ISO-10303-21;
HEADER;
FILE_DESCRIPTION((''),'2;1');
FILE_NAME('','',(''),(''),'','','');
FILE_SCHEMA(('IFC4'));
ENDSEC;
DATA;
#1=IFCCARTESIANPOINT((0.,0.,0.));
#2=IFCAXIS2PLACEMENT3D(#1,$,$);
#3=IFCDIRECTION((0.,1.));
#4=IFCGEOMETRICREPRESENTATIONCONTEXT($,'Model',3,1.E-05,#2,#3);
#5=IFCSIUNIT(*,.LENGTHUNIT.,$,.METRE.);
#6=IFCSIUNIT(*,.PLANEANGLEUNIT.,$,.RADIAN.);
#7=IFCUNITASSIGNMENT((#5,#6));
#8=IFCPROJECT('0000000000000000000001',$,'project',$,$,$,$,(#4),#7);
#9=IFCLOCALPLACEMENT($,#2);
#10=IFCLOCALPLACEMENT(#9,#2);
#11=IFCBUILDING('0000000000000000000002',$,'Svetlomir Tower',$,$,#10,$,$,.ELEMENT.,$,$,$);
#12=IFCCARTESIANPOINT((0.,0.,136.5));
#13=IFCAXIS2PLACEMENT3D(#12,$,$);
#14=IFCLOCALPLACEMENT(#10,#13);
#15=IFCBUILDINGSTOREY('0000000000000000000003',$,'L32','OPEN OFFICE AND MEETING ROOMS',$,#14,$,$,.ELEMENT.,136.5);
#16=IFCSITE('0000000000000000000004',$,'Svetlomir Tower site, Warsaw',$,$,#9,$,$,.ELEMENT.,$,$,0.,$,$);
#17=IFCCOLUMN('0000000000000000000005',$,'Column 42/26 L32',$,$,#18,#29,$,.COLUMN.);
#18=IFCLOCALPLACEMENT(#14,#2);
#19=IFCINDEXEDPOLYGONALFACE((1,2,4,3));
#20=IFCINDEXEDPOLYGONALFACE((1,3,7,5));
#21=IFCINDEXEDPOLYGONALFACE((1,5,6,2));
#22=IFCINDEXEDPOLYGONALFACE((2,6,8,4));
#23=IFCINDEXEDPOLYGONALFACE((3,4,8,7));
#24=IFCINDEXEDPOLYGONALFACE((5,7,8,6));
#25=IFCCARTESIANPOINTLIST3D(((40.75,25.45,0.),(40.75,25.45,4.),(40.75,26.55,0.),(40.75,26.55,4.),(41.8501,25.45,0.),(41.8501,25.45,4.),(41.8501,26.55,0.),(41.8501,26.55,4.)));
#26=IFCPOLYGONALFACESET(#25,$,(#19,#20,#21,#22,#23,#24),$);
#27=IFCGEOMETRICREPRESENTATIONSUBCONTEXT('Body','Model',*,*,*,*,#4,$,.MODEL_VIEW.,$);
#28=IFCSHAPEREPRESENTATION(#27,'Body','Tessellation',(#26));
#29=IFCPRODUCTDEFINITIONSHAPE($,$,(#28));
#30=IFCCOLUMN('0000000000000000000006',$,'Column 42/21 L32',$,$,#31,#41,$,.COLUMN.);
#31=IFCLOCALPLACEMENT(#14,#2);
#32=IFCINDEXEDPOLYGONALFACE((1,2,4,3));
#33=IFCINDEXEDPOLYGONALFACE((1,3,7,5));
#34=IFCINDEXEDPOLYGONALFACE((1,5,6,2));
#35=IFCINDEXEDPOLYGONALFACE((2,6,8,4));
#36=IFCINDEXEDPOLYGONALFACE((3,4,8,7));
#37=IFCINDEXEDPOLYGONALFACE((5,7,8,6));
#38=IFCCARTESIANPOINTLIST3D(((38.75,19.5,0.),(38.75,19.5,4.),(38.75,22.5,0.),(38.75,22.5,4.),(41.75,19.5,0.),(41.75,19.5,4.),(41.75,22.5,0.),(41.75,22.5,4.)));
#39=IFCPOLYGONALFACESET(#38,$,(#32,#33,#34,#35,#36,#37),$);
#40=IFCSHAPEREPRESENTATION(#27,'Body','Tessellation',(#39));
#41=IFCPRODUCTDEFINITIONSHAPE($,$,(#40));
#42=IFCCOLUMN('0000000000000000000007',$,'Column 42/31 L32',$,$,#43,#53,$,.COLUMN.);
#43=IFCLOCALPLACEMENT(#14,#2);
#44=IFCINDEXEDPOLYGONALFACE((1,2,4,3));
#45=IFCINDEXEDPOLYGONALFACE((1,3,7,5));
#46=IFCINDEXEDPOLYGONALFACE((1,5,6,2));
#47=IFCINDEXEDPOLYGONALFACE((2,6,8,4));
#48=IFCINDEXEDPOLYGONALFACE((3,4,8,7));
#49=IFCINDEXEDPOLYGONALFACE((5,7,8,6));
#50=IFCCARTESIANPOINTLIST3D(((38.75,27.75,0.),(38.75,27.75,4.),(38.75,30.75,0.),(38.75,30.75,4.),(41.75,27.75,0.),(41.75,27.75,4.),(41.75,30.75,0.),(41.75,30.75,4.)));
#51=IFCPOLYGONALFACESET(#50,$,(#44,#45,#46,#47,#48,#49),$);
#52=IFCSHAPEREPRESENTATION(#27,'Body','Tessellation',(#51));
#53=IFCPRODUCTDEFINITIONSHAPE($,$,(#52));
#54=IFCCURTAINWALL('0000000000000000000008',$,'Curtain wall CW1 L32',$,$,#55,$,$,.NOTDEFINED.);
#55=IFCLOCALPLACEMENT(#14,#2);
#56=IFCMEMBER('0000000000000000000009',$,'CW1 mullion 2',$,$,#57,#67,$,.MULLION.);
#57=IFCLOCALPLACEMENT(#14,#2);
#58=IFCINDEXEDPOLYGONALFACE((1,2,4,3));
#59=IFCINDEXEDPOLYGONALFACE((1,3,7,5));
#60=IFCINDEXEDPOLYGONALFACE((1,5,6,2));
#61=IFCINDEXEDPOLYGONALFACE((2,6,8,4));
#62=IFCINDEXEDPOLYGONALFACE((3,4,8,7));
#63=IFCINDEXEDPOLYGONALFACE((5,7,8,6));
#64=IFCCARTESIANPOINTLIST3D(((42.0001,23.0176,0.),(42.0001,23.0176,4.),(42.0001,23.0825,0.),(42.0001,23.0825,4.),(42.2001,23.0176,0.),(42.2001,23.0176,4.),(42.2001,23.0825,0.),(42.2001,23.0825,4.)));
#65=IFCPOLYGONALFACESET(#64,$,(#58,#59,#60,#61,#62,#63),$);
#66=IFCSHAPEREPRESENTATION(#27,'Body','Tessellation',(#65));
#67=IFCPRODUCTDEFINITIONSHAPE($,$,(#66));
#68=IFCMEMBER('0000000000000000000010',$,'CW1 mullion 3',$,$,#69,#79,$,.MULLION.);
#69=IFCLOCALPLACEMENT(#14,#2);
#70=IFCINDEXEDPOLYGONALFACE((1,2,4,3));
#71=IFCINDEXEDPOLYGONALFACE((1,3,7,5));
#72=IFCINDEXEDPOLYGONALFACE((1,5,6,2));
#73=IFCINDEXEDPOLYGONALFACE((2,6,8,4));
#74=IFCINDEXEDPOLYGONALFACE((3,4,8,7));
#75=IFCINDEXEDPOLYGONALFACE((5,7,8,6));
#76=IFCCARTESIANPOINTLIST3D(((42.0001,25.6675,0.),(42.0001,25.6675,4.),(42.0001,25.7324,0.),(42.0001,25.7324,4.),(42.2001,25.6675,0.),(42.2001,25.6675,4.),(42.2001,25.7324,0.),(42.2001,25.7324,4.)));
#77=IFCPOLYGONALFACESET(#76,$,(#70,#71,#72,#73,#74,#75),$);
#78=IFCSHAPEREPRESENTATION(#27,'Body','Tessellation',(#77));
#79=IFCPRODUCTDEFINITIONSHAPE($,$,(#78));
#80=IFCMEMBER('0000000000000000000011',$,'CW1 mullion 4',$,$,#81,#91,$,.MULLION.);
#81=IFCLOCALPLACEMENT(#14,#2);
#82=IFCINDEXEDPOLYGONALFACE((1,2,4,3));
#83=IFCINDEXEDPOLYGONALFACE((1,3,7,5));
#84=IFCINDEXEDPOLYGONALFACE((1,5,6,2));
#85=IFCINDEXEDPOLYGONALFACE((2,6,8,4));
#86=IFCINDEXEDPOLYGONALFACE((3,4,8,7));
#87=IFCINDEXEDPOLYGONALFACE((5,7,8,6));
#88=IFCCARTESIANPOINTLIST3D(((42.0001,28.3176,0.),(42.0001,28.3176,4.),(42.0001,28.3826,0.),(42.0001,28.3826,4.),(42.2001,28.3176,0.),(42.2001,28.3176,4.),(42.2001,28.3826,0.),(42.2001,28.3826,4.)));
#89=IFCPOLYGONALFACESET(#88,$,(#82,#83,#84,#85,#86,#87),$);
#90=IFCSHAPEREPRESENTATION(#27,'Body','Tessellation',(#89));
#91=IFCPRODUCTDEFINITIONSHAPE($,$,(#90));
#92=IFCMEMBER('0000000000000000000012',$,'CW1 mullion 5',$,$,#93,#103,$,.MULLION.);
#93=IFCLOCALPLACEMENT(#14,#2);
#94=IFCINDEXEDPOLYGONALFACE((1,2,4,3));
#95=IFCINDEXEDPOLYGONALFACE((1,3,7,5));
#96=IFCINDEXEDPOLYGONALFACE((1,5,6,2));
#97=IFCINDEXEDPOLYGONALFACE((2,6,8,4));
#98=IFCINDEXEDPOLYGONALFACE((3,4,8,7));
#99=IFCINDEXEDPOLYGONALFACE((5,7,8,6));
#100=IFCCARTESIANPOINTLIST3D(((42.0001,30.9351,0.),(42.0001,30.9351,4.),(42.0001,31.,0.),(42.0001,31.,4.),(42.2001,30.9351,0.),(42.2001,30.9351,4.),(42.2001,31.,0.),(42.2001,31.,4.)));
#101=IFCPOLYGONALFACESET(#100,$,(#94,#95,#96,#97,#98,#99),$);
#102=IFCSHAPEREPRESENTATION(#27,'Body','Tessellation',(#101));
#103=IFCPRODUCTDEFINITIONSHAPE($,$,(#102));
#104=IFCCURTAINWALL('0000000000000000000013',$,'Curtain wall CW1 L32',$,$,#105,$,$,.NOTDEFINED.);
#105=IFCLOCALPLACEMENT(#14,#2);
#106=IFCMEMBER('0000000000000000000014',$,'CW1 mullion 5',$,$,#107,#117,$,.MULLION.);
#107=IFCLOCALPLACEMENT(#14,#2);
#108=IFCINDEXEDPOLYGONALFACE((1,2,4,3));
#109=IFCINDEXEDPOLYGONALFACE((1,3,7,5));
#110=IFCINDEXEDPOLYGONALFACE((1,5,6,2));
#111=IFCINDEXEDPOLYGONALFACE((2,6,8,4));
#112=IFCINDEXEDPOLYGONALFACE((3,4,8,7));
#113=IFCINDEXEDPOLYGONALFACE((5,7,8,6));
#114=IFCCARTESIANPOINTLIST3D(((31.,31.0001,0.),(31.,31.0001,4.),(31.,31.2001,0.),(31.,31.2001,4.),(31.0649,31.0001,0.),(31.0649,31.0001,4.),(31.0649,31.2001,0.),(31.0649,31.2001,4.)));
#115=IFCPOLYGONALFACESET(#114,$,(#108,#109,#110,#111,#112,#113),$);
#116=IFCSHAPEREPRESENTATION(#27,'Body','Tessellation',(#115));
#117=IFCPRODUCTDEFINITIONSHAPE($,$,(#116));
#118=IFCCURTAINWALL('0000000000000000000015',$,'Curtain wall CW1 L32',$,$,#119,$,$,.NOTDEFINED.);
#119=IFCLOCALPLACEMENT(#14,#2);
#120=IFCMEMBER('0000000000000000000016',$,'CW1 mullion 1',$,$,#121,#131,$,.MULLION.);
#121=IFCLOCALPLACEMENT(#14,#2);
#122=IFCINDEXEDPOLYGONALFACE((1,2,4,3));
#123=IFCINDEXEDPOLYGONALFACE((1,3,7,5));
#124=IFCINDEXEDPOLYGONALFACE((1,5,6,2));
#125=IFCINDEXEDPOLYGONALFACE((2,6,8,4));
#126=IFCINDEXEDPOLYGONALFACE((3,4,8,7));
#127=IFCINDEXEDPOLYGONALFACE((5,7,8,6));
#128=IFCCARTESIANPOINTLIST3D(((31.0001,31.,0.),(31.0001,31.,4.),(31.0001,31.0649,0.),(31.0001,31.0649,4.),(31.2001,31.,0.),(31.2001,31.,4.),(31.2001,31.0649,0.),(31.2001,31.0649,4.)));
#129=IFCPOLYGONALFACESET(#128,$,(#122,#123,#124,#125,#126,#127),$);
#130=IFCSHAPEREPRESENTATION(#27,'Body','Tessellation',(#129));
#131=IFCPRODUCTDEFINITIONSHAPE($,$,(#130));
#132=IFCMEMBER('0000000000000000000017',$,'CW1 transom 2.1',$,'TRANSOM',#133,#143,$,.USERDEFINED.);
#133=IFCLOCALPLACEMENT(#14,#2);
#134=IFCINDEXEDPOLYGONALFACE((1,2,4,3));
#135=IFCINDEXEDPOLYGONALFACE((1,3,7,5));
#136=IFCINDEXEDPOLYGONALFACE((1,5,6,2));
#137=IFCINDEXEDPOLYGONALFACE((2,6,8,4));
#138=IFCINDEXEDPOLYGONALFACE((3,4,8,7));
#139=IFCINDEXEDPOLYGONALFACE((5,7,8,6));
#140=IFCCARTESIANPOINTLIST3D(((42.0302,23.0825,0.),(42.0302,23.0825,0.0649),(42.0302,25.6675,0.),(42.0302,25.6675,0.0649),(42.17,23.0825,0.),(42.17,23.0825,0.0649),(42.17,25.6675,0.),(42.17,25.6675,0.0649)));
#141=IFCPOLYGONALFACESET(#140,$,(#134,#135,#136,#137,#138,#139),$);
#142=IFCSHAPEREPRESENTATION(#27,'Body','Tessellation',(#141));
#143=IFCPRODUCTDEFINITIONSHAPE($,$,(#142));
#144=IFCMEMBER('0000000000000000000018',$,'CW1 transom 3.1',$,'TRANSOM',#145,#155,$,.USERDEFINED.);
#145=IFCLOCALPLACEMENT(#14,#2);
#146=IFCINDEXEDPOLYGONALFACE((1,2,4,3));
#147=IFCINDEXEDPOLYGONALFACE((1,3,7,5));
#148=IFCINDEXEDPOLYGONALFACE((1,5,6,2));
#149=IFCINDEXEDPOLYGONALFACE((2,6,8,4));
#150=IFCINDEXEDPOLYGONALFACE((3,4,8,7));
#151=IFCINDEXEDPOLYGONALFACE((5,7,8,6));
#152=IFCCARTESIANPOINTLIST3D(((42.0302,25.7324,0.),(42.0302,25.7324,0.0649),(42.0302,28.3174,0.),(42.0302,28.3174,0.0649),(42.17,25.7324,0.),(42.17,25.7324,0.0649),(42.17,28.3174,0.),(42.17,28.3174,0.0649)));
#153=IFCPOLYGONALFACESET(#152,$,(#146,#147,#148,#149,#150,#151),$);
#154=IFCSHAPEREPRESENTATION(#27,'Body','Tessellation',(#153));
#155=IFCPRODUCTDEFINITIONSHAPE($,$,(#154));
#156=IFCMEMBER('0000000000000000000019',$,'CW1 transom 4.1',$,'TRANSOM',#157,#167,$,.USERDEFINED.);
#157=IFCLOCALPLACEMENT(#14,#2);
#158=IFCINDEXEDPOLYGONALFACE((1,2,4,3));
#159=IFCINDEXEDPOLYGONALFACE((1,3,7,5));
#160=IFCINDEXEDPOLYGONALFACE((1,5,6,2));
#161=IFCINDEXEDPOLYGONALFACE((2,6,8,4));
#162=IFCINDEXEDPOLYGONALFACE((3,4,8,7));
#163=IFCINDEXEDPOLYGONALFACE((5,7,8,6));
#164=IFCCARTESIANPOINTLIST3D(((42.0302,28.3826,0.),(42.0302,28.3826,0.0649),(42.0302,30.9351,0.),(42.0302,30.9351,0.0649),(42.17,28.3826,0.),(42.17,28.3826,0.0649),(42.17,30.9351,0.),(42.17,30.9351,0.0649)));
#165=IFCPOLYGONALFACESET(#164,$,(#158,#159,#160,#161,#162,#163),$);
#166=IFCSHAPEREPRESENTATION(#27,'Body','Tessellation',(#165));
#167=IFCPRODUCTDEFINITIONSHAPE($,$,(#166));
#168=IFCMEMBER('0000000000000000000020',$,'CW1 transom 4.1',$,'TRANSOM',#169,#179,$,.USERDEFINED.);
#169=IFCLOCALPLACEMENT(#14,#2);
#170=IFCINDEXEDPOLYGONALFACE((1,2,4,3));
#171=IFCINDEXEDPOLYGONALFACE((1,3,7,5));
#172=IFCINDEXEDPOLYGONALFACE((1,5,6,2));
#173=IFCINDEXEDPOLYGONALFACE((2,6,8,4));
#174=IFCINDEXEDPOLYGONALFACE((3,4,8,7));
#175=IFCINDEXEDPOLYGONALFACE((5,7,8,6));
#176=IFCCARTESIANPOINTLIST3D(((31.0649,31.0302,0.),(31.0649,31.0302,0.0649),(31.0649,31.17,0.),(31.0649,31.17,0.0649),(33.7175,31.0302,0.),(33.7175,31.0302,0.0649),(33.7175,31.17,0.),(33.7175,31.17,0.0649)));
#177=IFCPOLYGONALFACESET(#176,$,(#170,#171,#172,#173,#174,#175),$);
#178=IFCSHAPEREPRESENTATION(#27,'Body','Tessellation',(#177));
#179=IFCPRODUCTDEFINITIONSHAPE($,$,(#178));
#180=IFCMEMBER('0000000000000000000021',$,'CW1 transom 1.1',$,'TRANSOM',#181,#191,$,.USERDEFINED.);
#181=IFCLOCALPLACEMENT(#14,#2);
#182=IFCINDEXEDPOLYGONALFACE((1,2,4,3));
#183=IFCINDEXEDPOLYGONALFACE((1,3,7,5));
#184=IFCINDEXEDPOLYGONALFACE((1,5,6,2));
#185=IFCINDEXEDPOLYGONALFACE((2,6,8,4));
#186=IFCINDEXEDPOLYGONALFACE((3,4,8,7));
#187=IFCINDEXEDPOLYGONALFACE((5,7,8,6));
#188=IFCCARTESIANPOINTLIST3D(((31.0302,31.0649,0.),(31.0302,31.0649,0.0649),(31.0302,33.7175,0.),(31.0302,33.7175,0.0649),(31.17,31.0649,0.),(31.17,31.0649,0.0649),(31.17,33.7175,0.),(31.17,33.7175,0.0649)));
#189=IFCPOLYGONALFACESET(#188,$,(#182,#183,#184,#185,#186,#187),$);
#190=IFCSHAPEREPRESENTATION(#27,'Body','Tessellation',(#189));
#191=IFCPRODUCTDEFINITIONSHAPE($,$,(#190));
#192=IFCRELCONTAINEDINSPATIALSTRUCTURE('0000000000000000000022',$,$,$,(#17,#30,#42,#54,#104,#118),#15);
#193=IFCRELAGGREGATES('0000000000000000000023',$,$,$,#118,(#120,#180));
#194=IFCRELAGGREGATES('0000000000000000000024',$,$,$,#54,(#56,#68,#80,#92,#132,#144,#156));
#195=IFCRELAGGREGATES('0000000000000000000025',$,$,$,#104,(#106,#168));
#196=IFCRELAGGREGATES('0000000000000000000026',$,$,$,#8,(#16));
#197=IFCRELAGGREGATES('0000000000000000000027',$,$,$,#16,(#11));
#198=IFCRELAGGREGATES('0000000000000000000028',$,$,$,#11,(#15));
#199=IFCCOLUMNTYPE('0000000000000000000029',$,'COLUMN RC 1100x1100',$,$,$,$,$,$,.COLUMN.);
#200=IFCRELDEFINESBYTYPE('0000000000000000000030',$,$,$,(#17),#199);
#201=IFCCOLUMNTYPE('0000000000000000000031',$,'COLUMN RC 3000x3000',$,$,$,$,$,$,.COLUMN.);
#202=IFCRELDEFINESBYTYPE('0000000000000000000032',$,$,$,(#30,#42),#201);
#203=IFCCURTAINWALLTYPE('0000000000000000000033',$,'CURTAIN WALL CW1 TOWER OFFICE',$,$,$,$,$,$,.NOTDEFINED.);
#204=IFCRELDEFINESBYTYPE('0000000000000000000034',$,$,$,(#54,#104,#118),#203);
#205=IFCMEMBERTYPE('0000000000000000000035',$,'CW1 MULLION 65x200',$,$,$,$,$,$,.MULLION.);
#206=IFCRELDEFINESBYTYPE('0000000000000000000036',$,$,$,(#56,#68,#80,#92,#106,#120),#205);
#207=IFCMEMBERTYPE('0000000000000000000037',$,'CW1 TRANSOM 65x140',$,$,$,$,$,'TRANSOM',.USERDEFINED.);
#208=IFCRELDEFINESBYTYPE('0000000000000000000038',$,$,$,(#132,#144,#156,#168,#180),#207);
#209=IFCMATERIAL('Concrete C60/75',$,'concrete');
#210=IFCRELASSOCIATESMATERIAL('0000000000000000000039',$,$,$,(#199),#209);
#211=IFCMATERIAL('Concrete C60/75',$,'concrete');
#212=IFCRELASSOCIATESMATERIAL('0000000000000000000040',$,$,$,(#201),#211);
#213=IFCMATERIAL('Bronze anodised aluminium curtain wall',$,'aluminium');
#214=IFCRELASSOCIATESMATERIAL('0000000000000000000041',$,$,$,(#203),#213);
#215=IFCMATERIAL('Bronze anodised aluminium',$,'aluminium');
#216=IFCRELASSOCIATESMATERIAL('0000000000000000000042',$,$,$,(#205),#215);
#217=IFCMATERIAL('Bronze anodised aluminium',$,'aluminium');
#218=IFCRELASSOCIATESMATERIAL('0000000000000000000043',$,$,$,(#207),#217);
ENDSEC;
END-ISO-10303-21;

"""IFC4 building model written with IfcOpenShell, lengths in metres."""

from ifc_helpers import new_model, si_unit, direction, frame, origin, origin_2d, place, context, subcontext, project, spatial, rectangle, extrude, material, material_profile, profile_set, type_object, element, aggregate, save


model = new_model("IFC4")

# Units and contexts
model_context = context("Model", 3, precision=1e-05, world=origin(), true_north=direction((0.0, 1.0)))
body_context = subcontext(model_context, "Body", "Model", "MODEL_VIEW")
ifc_project = project(units=[si_unit("LENGTHUNIT", "METRE"), si_unit("PLANEANGLEUNIT", "RADIAN")], contexts=[model_context])

# Site, building, storey
site_placement = place(None, origin())
site = spatial("IfcSite", under=ifc_project, at=site_placement, Name="Svetlomir Tower site, Warsaw", CompositionType="ELEMENT", RefElevation=0.0)
building_placement = place(site_placement, origin())
building = spatial("IfcBuilding", under=site, at=building_placement, Name="Svetlomir Tower", CompositionType="ELEMENT")
storey_placement = place(building_placement, frame((0.0, 0.0, 136.5)))
storey = spatial("IfcBuildingStorey", under=building, at=storey_placement, Name="L32", Description="OPEN OFFICE AND MEETING ROOMS", CompositionType="ELEMENT", Elevation=136.5)

# Columns
ifc_material_1 = material(Name="Concrete C60/75", Category="concrete")
ifc_material_profile_1 = material_profile(ifc_material_1, rectangle(XDim=1.1001, YDim=1.1001, at=origin_2d()), Name="RC 1100x1100")
ifc_profile_set_1 = profile_set([ifc_material_profile_1], Name="Concrete C60/75")
column_type_1 = type_object("IfcColumnType", Name="COLUMN RC 1100x1100", PredefinedType="COLUMN", material=ifc_profile_set_1)
column_placement = place(storey_placement, frame((41.3, 26.0, 0.0), z_axis=(0.0, 0.0, 1.0), x_axis=(1.0, 0.0, 0.0)))
element("IfcColumn", 1, at=column_placement, inside=storey, type_object=column_type_1, Name="Column 42/26 L32", PredefinedType="COLUMN", context=body_context, shape_type="SweptSolid", body=[
    extrude(rectangle(XDim=1.1001, YDim=1.1001, at=origin_2d()), origin(), (0.0, 0.0, 1.0), 4.0),
])
ifc_material_2 = material(Name="Concrete C60/75", Category="concrete")
ifc_material_profile_2 = material_profile(ifc_material_2, rectangle(XDim=3.0, YDim=3.0, at=origin_2d()), Name="RC 3000x3000")
ifc_profile_set_2 = profile_set([ifc_material_profile_2], Name="Concrete C60/75")
column_type_2 = type_object("IfcColumnType", Name="COLUMN RC 3000x3000", PredefinedType="COLUMN", material=ifc_profile_set_2)
for number, where, z_axis, x_axis, name in (
    (2, (40.25, 21.0, 0.0), (0.0, 0.0, 1.0), (1.0, 0.0, 0.0), "Column 42/21 L32"),
    (3, (40.25, 29.25, 0.0), (0.0, 0.0, 1.0), (1.0, 0.0, 0.0), "Column 42/31 L32"),
):
    element("IfcColumn", number, at=place(storey_placement, frame(where, z_axis=z_axis, x_axis=x_axis)), inside=storey, type_object=column_type_2, Name=name, PredefinedType="COLUMN", context=body_context, shape_type="SweptSolid", body=[
        extrude(rectangle(XDim=3.0, YDim=3.0, at=origin_2d()), origin(), (0.0, 0.0, 1.0), 4.0),
    ])

# Curtain wall, members
ifc_material_3 = material(Name="Bronze anodised aluminium curtain wall", Category="aluminium")
curtain_wall_type = type_object("IfcCurtainWallType", Name="CURTAIN WALL CW1 TOWER OFFICE", PredefinedType="NOTDEFINED", material=ifc_material_3)
curtain_wall_1_placement = place(storey_placement, origin())
curtain_wall_1 = element("IfcCurtainWall", 4, at=curtain_wall_1_placement, inside=storey, type_object=curtain_wall_type, Name="Curtain wall CW1 L32", PredefinedType="NOTDEFINED")
ifc_material_4 = material(Name="Bronze anodised aluminium", Category="aluminium")
ifc_material_profile_3 = material_profile(ifc_material_4, rectangle(XDim=0.0649, YDim=0.2, at=origin_2d()), Name="AL 65x200")
ifc_profile_set_3 = profile_set([ifc_material_profile_3], Name="Bronze anodised aluminium 6063-T6")
member_type_1 = type_object("IfcMemberType", Name="CW1 MULLION 65x200", PredefinedType="MULLION", material=ifc_profile_set_3)
member_1_placement = place(storey_placement, frame((42.1001, 23.05, 0.0), z_axis=(0.0, 0.0, 1.0), x_axis=(0.0, 1.0, 0.0)))
member_1 = element("IfcMember", 5, at=member_1_placement, type_object=member_type_1, Name="CW1 mullion 2", PredefinedType="MULLION", context=body_context, shape_type="SweptSolid", body=[
    extrude(rectangle(XDim=0.0649, YDim=0.2, at=origin_2d()), origin(), (0.0, 0.0, 1.0), 4.0),
])
member_2_placement = place(storey_placement, frame((42.1001, 25.7, 0.0), z_axis=(0.0, 0.0, 1.0), x_axis=(0.0, 1.0, 0.0)))
member_2 = element("IfcMember", 6, at=member_2_placement, type_object=member_type_1, Name="CW1 mullion 3", PredefinedType="MULLION", context=body_context, shape_type="SweptSolid", body=[
    extrude(rectangle(XDim=0.0649, YDim=0.2, at=origin_2d()), origin(), (0.0, 0.0, 1.0), 4.0),
])
member_3_placement = place(storey_placement, frame((42.1001, 28.3501, 0.0), z_axis=(0.0, 0.0, 1.0), x_axis=(0.0, 1.0, 0.0)))
member_3 = element("IfcMember", 7, at=member_3_placement, type_object=member_type_1, Name="CW1 mullion 4", PredefinedType="MULLION", context=body_context, shape_type="SweptSolid", body=[
    extrude(rectangle(XDim=0.0649, YDim=0.2, at=origin_2d()), origin(), (0.0, 0.0, 1.0), 4.0),
])
member_4_placement = place(storey_placement, frame((42.1001, 30.9675, 0.0), z_axis=(0.0, 0.0, 1.0), x_axis=(0.0, 1.0, 0.0)))
member_4 = element("IfcMember", 8, at=member_4_placement, type_object=member_type_1, Name="CW1 mullion 5", PredefinedType="MULLION", context=body_context, shape_type="SweptSolid", body=[
    extrude(rectangle(XDim=0.0649, YDim=0.2, at=origin_2d()), origin(), (0.0, 0.0, 1.0), 4.0),
])

# Curtain walls, members
curtain_wall_2_placement = place(storey_placement, origin())
curtain_wall_2 = element("IfcCurtainWall", 9, at=curtain_wall_2_placement, inside=storey, type_object=curtain_wall_type, Name="Curtain wall CW1 L32", PredefinedType="NOTDEFINED")
member_5_placement = place(storey_placement, frame((31.0325, 31.1001, 0.0), z_axis=(0.0, 0.0, 1.0), x_axis=(-1.0, 0.0, 0.0)))
member_5 = element("IfcMember", 10, at=member_5_placement, type_object=member_type_1, Name="CW1 mullion 5", PredefinedType="MULLION", context=body_context, shape_type="SweptSolid", body=[
    extrude(rectangle(XDim=0.0649, YDim=0.2, at=origin_2d()), origin(), (0.0, 0.0, 1.0), 4.0),
])
curtain_wall_3_placement = place(storey_placement, origin())
curtain_wall_3 = element("IfcCurtainWall", 11, at=curtain_wall_3_placement, inside=storey, type_object=curtain_wall_type, Name="Curtain wall CW1 L32", PredefinedType="NOTDEFINED")
member_6_placement = place(storey_placement, frame((31.1001, 31.0325, 0.0), z_axis=(0.0, 0.0, 1.0), x_axis=(0.0, 1.0, 0.0)))
member_6 = element("IfcMember", 12, at=member_6_placement, type_object=member_type_1, Name="CW1 mullion 1", PredefinedType="MULLION", context=body_context, shape_type="SweptSolid", body=[
    extrude(rectangle(XDim=0.0649, YDim=0.2, at=origin_2d()), origin(), (0.0, 0.0, 1.0), 4.0),
])

# Members
ifc_material_5 = material(Name="Bronze anodised aluminium", Category="aluminium")
ifc_material_profile_4 = material_profile(ifc_material_5, rectangle(XDim=0.1399, YDim=0.0649, at=origin_2d()), Name="AL 140x65")
ifc_profile_set_4 = profile_set([ifc_material_profile_4], Name="Bronze anodised aluminium 6063-T6")
member_type_2 = type_object("IfcMemberType", Name="CW1 TRANSOM 65x140", ElementType="TRANSOM", PredefinedType="USERDEFINED", material=ifc_profile_set_4)
member_7_placement = place(storey_placement, frame((42.1001, 23.0825, 0.0325), z_axis=(0.0, 1.0, 0.0), x_axis=(-1.0, 0.0, 0.0)))
member_7 = element("IfcMember", 13, at=member_7_placement, type_object=member_type_2, Name="CW1 transom 2.1", ObjectType="TRANSOM", PredefinedType="USERDEFINED", context=body_context, shape_type="SweptSolid", body=[
    extrude(rectangle(XDim=0.1399, YDim=0.0649, at=origin_2d()), origin(), (0.0, 0.0, 1.0), 2.585),
])
member_8_placement = place(storey_placement, frame((42.1001, 25.7324, 0.0325), z_axis=(0.0, 1.0, 0.0), x_axis=(-1.0, 0.0, 0.0)))
member_8 = element("IfcMember", 14, at=member_8_placement, type_object=member_type_2, Name="CW1 transom 3.1", ObjectType="TRANSOM", PredefinedType="USERDEFINED", context=body_context, shape_type="SweptSolid", body=[
    extrude(rectangle(XDim=0.1399, YDim=0.0649, at=origin_2d()), origin(), (0.0, 0.0, 1.0), 2.585),
])
member_9_placement = place(storey_placement, frame((42.1001, 28.3826, 0.0325), z_axis=(0.0, 1.0, 0.0), x_axis=(-1.0, 0.0, 0.0)))
member_9 = element("IfcMember", 15, at=member_9_placement, type_object=member_type_2, Name="CW1 transom 4.1", ObjectType="TRANSOM", PredefinedType="USERDEFINED", context=body_context, shape_type="SweptSolid", body=[
    extrude(rectangle(XDim=0.1399, YDim=0.0649, at=origin_2d()), origin(), (0.0, 0.0, 1.0), 2.5525),
])
member_10_placement = place(storey_placement, frame((33.7175, 31.1001, 0.0325), z_axis=(-1.0, 0.0, 0.0), x_axis=(0.0, -1.0, 0.0)))
member_10 = element("IfcMember", 16, at=member_10_placement, type_object=member_type_2, Name="CW1 transom 4.1", ObjectType="TRANSOM", PredefinedType="USERDEFINED", context=body_context, shape_type="SweptSolid", body=[
    extrude(rectangle(XDim=0.1399, YDim=0.0649, at=origin_2d()), origin(), (0.0, 0.0, 1.0), 2.6526),
])
member_11_placement = place(storey_placement, frame((31.1001, 31.0649, 0.0325), z_axis=(0.0, 1.0, 0.0), x_axis=(-1.0, 0.0, 0.0)))
member_11 = element("IfcMember", 17, at=member_11_placement, type_object=member_type_2, Name="CW1 transom 1.1", ObjectType="TRANSOM", PredefinedType="USERDEFINED", context=body_context, shape_type="SweptSolid", body=[
    extrude(rectangle(XDim=0.1399, YDim=0.0649, at=origin_2d()), origin(), (0.0, 0.0, 1.0), 2.6526),
])
aggregate(curtain_wall_3, [member_6, member_11])

aggregate(curtain_wall_1, [member_1, member_2, member_3, member_4, member_7, member_8, member_9])
aggregate(curtain_wall_2, [member_5, member_10])

save(model, "model.ifc")
